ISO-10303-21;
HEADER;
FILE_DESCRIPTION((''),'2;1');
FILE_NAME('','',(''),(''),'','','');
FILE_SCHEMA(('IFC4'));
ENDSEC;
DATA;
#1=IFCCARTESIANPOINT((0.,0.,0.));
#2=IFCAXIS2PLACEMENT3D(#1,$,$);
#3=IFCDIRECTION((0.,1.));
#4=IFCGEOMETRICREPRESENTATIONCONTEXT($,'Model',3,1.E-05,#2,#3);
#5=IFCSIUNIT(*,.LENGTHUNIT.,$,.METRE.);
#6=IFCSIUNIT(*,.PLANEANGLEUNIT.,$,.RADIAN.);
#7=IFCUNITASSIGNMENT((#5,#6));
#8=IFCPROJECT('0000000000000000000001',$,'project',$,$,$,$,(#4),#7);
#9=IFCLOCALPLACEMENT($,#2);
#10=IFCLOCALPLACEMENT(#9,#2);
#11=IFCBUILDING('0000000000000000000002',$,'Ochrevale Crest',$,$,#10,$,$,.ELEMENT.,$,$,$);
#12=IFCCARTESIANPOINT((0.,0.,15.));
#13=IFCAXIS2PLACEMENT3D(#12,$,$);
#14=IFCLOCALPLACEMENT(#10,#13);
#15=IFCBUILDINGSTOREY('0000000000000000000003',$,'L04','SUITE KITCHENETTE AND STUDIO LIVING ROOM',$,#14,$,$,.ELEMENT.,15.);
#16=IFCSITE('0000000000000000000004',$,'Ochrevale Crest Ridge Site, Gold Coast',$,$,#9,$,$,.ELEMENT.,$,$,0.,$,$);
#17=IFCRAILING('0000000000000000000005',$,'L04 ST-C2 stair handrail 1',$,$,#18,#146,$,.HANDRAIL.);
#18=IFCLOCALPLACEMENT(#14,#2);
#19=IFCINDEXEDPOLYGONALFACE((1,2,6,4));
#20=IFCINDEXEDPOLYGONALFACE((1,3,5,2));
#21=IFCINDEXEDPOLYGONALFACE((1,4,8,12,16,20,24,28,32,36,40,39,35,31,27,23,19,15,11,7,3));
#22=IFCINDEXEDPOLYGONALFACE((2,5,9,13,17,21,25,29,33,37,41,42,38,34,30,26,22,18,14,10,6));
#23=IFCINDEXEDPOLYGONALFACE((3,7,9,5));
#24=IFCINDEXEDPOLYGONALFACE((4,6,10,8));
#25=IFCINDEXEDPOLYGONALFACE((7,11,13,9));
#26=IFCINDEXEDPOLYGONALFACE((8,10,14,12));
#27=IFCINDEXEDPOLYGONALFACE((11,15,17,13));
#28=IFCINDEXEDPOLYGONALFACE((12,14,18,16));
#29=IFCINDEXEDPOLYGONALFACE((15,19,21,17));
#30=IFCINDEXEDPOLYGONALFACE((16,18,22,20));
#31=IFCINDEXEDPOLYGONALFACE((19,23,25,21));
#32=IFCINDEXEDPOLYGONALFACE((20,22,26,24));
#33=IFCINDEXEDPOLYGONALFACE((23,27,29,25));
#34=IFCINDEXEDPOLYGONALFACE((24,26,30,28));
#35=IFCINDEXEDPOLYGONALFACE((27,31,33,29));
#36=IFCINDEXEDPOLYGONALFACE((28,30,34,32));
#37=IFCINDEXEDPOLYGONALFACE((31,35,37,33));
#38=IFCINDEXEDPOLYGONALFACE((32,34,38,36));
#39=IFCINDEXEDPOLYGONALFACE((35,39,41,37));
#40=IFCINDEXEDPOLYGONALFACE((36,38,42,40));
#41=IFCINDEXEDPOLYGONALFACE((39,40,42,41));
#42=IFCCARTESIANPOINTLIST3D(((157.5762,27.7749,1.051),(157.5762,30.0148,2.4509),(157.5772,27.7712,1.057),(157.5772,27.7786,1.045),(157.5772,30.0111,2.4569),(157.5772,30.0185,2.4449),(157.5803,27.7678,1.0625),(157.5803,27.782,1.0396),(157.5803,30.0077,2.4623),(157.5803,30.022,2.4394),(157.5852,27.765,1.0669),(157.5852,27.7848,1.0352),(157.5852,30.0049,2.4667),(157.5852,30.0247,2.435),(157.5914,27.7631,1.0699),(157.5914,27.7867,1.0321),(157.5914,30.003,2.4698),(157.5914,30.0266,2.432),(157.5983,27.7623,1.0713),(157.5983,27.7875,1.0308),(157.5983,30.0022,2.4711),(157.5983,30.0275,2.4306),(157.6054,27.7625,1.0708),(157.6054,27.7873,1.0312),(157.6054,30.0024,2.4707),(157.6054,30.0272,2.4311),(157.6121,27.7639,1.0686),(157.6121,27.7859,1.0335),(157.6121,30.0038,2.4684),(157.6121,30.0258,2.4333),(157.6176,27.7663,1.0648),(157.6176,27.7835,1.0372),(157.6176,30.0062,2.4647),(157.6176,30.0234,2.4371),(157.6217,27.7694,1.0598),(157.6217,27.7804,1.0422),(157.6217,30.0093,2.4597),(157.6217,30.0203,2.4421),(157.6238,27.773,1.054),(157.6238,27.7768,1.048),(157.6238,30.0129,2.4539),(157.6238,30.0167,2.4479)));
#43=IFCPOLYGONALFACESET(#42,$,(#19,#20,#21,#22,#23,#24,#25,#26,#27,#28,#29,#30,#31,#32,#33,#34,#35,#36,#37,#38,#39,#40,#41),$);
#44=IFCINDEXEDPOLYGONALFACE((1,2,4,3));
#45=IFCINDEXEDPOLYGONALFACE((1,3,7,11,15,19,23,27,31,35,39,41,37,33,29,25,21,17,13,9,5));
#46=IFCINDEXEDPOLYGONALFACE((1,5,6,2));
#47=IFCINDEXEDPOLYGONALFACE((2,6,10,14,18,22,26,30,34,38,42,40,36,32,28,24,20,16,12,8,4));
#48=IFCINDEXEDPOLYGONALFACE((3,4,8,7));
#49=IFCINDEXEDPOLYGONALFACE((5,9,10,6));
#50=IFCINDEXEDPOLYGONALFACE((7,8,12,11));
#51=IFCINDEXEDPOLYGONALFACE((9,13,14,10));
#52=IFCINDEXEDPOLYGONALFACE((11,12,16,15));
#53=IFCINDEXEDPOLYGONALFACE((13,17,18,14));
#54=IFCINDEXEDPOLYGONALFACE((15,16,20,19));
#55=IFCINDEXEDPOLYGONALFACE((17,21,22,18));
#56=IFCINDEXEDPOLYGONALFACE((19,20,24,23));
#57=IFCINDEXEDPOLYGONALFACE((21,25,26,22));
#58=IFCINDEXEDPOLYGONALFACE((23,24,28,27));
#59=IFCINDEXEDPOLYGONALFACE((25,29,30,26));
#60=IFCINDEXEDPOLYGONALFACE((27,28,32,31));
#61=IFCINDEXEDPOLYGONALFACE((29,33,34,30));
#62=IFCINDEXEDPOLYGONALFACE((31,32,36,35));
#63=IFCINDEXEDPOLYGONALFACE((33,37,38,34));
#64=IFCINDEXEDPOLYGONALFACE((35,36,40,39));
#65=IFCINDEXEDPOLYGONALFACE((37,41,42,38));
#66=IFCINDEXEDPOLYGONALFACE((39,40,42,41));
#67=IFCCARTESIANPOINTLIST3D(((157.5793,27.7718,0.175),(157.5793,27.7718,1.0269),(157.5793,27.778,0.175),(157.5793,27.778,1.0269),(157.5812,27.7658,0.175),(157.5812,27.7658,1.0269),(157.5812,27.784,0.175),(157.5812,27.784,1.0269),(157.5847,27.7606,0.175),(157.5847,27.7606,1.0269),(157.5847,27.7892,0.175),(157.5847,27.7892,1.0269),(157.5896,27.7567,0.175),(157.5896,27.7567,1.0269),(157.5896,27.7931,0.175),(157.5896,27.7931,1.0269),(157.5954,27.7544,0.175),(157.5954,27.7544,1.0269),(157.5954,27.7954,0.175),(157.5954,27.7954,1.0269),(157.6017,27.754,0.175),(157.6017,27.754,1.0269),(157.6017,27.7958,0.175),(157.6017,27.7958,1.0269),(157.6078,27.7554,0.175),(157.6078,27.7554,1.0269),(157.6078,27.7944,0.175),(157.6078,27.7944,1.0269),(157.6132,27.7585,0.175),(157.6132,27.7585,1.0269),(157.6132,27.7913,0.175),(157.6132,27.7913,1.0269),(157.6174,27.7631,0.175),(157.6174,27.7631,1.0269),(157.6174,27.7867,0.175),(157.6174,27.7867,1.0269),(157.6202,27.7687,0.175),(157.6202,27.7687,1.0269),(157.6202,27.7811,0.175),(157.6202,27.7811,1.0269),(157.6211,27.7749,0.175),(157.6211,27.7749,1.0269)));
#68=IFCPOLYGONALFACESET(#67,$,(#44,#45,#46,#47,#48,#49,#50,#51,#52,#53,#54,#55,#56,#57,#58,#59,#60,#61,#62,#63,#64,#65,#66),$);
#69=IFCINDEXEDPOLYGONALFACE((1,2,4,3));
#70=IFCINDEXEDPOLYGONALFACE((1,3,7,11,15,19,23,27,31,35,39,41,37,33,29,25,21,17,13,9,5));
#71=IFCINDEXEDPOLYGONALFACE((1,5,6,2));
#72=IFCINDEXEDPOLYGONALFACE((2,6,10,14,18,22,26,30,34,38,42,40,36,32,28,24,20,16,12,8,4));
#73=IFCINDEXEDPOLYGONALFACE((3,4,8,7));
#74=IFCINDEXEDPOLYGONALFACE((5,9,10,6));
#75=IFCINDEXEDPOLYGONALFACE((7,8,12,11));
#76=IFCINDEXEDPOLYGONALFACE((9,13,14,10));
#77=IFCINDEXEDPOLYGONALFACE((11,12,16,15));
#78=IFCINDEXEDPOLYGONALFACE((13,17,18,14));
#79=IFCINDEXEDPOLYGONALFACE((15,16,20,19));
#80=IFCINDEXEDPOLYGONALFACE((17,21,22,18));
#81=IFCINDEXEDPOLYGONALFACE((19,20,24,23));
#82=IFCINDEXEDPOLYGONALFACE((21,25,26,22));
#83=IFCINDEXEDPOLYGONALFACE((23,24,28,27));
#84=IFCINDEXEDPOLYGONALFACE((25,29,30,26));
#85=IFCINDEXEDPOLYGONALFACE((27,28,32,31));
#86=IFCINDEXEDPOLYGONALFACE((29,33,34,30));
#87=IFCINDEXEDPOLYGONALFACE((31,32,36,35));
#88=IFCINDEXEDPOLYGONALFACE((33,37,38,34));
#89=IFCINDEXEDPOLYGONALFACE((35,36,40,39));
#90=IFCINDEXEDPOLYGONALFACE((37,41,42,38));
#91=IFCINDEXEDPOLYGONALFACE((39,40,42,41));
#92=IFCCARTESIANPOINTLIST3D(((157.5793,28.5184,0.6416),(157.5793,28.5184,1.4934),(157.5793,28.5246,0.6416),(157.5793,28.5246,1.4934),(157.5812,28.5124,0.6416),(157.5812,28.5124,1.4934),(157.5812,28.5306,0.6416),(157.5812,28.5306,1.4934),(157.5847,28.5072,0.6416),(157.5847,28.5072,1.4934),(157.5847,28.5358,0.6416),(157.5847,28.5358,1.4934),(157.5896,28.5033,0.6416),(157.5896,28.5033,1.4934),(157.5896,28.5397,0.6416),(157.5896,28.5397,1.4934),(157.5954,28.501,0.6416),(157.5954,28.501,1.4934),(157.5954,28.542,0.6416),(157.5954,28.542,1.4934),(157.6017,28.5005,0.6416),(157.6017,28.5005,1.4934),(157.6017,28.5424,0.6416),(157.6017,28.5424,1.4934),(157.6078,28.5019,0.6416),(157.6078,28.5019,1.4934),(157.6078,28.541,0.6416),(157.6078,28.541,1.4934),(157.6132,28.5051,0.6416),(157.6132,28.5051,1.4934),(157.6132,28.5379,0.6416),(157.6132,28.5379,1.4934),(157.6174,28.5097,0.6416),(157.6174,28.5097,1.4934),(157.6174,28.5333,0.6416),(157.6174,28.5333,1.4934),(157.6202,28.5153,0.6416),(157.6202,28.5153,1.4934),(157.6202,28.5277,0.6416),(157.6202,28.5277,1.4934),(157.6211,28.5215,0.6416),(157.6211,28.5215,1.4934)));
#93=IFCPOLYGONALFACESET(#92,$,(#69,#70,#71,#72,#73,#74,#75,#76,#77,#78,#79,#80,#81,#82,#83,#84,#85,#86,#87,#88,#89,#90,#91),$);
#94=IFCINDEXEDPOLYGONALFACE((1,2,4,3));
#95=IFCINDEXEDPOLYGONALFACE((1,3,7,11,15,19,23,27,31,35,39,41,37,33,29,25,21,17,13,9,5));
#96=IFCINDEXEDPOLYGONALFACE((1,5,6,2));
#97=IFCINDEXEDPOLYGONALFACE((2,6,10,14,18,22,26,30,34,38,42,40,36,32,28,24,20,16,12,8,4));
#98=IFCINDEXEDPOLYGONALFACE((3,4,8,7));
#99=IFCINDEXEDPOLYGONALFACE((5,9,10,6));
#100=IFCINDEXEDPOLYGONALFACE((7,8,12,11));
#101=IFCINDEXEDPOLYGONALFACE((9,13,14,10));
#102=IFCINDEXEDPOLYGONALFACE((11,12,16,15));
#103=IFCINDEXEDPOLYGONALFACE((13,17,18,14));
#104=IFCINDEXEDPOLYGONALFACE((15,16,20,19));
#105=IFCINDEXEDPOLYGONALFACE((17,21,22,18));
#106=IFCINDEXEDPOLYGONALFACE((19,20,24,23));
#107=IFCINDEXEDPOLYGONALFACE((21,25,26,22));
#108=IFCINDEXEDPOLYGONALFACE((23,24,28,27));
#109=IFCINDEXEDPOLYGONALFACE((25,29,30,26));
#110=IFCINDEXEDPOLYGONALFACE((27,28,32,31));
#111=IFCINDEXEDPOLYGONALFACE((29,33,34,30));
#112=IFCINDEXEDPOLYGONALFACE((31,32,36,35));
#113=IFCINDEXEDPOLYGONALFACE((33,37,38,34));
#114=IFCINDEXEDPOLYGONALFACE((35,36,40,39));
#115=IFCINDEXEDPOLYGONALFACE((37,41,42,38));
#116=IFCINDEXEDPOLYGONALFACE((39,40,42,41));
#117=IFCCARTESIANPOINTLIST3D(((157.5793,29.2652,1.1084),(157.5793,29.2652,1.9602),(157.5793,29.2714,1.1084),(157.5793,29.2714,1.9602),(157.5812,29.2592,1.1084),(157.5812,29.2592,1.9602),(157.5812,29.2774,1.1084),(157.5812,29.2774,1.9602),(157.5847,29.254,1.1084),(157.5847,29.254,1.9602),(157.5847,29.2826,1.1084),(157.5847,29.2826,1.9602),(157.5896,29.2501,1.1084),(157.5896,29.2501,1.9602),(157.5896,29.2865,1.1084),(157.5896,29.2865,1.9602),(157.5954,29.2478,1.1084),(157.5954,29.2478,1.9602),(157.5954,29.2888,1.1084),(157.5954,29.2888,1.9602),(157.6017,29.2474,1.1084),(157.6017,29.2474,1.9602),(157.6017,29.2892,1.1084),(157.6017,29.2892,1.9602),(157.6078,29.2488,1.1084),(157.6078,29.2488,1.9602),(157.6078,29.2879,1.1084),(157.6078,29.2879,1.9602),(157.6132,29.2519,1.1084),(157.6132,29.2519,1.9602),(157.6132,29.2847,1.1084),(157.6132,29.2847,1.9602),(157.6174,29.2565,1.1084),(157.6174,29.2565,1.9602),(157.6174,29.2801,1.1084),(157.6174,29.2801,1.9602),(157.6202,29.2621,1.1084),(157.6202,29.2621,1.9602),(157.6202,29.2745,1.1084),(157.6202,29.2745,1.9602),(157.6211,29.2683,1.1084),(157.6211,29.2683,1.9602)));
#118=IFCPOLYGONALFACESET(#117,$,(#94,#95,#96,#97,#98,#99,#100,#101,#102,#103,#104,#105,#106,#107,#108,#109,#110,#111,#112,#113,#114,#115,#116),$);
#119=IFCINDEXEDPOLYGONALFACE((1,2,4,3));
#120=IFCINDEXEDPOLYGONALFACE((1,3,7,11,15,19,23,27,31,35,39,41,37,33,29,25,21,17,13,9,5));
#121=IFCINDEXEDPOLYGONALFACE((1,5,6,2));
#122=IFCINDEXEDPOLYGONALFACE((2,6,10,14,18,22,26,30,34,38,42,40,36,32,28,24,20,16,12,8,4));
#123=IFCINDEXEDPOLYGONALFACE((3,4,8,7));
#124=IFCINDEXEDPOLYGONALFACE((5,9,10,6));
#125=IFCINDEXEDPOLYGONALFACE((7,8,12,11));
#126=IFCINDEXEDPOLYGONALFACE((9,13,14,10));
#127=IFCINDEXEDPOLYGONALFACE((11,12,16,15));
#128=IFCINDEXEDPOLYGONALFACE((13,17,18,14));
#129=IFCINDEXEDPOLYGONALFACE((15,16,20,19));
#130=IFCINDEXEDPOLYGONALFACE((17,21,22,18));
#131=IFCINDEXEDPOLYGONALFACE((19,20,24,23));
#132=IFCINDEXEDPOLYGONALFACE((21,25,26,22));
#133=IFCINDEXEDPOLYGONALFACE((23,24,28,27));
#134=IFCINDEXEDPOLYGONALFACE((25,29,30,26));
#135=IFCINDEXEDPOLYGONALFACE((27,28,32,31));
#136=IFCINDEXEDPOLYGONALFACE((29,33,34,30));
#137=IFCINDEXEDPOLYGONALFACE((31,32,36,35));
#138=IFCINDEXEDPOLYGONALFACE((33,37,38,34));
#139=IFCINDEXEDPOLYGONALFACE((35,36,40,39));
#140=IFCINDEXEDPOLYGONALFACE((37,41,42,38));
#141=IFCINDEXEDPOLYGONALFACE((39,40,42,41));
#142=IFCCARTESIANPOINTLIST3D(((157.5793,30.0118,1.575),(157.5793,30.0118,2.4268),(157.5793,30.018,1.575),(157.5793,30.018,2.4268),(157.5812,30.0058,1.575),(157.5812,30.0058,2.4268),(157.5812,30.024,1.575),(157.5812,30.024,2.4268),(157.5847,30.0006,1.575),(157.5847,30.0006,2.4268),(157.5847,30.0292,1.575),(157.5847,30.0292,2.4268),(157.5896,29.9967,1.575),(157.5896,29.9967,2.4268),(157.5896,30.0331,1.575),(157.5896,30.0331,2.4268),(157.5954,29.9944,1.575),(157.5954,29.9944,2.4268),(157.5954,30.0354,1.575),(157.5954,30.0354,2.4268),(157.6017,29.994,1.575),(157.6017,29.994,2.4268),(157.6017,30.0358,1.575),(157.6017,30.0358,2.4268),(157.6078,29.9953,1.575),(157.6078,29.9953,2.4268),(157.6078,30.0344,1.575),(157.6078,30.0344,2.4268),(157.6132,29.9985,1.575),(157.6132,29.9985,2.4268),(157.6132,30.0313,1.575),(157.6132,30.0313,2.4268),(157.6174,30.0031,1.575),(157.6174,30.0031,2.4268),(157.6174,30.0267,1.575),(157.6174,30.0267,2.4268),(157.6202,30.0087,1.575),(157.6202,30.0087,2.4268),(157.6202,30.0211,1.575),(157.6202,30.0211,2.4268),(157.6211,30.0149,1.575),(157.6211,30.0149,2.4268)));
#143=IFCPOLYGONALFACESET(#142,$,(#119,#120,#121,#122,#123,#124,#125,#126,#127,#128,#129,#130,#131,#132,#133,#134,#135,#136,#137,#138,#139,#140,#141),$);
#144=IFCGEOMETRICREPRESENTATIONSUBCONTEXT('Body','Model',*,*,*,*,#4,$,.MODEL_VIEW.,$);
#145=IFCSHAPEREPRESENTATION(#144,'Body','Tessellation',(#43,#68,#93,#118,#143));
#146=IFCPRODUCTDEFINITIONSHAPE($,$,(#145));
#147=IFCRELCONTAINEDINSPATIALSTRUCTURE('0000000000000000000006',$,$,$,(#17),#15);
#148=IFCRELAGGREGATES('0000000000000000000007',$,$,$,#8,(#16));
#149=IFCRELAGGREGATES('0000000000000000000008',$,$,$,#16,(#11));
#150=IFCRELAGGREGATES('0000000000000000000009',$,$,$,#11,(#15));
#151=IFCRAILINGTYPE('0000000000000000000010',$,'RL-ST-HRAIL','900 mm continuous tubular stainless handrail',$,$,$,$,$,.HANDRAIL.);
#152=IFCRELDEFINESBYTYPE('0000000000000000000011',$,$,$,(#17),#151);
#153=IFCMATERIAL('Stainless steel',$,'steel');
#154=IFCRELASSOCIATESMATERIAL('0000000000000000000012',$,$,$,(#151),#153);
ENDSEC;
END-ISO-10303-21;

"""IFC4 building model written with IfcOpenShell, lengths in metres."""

from ifc_helpers import new_model, si_unit, direction, frame, origin, origin_2d, place, context, subcontext, project, spatial, circle, extrude, material, type_object, element, save


model = new_model("IFC4")

# Units and contexts
model_context = context("Model", 3, precision=1e-05, world=origin(), true_north=direction((0.0, 1.0)))
body_context = subcontext(model_context, "Body", "Model", "MODEL_VIEW")
ifc_project = project(units=[si_unit("LENGTHUNIT", "METRE"), si_unit("PLANEANGLEUNIT", "RADIAN")], contexts=[model_context])

# Site, building, storey
site_placement = place(None, origin())
site = spatial("IfcSite", under=ifc_project, at=site_placement, Name="Ochrevale Crest Ridge Site, Gold Coast", CompositionType="ELEMENT", RefElevation=0.0)
building_placement = place(site_placement, origin())
building = spatial("IfcBuilding", under=site, at=building_placement, Name="Ochrevale Crest", CompositionType="ELEMENT")
storey_placement = place(building_placement, frame((0.0, 0.0, 15.0)))
storey = spatial("IfcBuildingStorey", under=building, at=storey_placement, Name="L04", Description="SUITE KITCHENETTE AND STUDIO LIVING ROOM", CompositionType="ELEMENT", Elevation=15.0)

# Railing
ifc_material_1 = material(Name="Stainless steel", Category="steel")
railing_type_1 = type_object("IfcRailingType", Name="RL-ST-HRAIL", Description="900 mm continuous tubular stainless handrail", PredefinedType="HANDRAIL", material=ifc_material_1)
railing_1_placement = place(storey_placement, frame((157.6001, 27.7749, 0.175)))
element("IfcRailing", 1, at=railing_1_placement, inside=storey, type_object=railing_type_1, Name="L04 ST-C2 stair handrail 1", PredefinedType="HANDRAIL", context=body_context, shape_type="SweptSolid", body=[
    extrude(circle(Radius=0.0239, at=origin_2d()), frame((0.0, 0.0, 0.876), z_axis=(0.0, 0.848014, 0.529974), x_axis=(-1.0, 0.0, 0.0)), (0.0, 0.0, 1.0), 2.6414),
    extrude(circle(Radius=0.021, at=origin_2d()), origin(), (0.0, 0.0, 1.0), 0.8518),
    extrude(circle(Radius=0.021, at=origin_2d()), frame((0.0, 0.7466, 0.4666)), (0.0, 0.0, 1.0), 0.8518),
    extrude(circle(Radius=0.021, at=origin_2d()), frame((0.0, 1.4934, 0.9333)), (0.0, 0.0, 1.0), 0.8518),
    extrude(circle(Radius=0.021, at=origin_2d()), frame((0.0, 2.24, 1.3999)), (0.0, 0.0, 1.0), 0.8518),
])

save(model, "model.ifc")
